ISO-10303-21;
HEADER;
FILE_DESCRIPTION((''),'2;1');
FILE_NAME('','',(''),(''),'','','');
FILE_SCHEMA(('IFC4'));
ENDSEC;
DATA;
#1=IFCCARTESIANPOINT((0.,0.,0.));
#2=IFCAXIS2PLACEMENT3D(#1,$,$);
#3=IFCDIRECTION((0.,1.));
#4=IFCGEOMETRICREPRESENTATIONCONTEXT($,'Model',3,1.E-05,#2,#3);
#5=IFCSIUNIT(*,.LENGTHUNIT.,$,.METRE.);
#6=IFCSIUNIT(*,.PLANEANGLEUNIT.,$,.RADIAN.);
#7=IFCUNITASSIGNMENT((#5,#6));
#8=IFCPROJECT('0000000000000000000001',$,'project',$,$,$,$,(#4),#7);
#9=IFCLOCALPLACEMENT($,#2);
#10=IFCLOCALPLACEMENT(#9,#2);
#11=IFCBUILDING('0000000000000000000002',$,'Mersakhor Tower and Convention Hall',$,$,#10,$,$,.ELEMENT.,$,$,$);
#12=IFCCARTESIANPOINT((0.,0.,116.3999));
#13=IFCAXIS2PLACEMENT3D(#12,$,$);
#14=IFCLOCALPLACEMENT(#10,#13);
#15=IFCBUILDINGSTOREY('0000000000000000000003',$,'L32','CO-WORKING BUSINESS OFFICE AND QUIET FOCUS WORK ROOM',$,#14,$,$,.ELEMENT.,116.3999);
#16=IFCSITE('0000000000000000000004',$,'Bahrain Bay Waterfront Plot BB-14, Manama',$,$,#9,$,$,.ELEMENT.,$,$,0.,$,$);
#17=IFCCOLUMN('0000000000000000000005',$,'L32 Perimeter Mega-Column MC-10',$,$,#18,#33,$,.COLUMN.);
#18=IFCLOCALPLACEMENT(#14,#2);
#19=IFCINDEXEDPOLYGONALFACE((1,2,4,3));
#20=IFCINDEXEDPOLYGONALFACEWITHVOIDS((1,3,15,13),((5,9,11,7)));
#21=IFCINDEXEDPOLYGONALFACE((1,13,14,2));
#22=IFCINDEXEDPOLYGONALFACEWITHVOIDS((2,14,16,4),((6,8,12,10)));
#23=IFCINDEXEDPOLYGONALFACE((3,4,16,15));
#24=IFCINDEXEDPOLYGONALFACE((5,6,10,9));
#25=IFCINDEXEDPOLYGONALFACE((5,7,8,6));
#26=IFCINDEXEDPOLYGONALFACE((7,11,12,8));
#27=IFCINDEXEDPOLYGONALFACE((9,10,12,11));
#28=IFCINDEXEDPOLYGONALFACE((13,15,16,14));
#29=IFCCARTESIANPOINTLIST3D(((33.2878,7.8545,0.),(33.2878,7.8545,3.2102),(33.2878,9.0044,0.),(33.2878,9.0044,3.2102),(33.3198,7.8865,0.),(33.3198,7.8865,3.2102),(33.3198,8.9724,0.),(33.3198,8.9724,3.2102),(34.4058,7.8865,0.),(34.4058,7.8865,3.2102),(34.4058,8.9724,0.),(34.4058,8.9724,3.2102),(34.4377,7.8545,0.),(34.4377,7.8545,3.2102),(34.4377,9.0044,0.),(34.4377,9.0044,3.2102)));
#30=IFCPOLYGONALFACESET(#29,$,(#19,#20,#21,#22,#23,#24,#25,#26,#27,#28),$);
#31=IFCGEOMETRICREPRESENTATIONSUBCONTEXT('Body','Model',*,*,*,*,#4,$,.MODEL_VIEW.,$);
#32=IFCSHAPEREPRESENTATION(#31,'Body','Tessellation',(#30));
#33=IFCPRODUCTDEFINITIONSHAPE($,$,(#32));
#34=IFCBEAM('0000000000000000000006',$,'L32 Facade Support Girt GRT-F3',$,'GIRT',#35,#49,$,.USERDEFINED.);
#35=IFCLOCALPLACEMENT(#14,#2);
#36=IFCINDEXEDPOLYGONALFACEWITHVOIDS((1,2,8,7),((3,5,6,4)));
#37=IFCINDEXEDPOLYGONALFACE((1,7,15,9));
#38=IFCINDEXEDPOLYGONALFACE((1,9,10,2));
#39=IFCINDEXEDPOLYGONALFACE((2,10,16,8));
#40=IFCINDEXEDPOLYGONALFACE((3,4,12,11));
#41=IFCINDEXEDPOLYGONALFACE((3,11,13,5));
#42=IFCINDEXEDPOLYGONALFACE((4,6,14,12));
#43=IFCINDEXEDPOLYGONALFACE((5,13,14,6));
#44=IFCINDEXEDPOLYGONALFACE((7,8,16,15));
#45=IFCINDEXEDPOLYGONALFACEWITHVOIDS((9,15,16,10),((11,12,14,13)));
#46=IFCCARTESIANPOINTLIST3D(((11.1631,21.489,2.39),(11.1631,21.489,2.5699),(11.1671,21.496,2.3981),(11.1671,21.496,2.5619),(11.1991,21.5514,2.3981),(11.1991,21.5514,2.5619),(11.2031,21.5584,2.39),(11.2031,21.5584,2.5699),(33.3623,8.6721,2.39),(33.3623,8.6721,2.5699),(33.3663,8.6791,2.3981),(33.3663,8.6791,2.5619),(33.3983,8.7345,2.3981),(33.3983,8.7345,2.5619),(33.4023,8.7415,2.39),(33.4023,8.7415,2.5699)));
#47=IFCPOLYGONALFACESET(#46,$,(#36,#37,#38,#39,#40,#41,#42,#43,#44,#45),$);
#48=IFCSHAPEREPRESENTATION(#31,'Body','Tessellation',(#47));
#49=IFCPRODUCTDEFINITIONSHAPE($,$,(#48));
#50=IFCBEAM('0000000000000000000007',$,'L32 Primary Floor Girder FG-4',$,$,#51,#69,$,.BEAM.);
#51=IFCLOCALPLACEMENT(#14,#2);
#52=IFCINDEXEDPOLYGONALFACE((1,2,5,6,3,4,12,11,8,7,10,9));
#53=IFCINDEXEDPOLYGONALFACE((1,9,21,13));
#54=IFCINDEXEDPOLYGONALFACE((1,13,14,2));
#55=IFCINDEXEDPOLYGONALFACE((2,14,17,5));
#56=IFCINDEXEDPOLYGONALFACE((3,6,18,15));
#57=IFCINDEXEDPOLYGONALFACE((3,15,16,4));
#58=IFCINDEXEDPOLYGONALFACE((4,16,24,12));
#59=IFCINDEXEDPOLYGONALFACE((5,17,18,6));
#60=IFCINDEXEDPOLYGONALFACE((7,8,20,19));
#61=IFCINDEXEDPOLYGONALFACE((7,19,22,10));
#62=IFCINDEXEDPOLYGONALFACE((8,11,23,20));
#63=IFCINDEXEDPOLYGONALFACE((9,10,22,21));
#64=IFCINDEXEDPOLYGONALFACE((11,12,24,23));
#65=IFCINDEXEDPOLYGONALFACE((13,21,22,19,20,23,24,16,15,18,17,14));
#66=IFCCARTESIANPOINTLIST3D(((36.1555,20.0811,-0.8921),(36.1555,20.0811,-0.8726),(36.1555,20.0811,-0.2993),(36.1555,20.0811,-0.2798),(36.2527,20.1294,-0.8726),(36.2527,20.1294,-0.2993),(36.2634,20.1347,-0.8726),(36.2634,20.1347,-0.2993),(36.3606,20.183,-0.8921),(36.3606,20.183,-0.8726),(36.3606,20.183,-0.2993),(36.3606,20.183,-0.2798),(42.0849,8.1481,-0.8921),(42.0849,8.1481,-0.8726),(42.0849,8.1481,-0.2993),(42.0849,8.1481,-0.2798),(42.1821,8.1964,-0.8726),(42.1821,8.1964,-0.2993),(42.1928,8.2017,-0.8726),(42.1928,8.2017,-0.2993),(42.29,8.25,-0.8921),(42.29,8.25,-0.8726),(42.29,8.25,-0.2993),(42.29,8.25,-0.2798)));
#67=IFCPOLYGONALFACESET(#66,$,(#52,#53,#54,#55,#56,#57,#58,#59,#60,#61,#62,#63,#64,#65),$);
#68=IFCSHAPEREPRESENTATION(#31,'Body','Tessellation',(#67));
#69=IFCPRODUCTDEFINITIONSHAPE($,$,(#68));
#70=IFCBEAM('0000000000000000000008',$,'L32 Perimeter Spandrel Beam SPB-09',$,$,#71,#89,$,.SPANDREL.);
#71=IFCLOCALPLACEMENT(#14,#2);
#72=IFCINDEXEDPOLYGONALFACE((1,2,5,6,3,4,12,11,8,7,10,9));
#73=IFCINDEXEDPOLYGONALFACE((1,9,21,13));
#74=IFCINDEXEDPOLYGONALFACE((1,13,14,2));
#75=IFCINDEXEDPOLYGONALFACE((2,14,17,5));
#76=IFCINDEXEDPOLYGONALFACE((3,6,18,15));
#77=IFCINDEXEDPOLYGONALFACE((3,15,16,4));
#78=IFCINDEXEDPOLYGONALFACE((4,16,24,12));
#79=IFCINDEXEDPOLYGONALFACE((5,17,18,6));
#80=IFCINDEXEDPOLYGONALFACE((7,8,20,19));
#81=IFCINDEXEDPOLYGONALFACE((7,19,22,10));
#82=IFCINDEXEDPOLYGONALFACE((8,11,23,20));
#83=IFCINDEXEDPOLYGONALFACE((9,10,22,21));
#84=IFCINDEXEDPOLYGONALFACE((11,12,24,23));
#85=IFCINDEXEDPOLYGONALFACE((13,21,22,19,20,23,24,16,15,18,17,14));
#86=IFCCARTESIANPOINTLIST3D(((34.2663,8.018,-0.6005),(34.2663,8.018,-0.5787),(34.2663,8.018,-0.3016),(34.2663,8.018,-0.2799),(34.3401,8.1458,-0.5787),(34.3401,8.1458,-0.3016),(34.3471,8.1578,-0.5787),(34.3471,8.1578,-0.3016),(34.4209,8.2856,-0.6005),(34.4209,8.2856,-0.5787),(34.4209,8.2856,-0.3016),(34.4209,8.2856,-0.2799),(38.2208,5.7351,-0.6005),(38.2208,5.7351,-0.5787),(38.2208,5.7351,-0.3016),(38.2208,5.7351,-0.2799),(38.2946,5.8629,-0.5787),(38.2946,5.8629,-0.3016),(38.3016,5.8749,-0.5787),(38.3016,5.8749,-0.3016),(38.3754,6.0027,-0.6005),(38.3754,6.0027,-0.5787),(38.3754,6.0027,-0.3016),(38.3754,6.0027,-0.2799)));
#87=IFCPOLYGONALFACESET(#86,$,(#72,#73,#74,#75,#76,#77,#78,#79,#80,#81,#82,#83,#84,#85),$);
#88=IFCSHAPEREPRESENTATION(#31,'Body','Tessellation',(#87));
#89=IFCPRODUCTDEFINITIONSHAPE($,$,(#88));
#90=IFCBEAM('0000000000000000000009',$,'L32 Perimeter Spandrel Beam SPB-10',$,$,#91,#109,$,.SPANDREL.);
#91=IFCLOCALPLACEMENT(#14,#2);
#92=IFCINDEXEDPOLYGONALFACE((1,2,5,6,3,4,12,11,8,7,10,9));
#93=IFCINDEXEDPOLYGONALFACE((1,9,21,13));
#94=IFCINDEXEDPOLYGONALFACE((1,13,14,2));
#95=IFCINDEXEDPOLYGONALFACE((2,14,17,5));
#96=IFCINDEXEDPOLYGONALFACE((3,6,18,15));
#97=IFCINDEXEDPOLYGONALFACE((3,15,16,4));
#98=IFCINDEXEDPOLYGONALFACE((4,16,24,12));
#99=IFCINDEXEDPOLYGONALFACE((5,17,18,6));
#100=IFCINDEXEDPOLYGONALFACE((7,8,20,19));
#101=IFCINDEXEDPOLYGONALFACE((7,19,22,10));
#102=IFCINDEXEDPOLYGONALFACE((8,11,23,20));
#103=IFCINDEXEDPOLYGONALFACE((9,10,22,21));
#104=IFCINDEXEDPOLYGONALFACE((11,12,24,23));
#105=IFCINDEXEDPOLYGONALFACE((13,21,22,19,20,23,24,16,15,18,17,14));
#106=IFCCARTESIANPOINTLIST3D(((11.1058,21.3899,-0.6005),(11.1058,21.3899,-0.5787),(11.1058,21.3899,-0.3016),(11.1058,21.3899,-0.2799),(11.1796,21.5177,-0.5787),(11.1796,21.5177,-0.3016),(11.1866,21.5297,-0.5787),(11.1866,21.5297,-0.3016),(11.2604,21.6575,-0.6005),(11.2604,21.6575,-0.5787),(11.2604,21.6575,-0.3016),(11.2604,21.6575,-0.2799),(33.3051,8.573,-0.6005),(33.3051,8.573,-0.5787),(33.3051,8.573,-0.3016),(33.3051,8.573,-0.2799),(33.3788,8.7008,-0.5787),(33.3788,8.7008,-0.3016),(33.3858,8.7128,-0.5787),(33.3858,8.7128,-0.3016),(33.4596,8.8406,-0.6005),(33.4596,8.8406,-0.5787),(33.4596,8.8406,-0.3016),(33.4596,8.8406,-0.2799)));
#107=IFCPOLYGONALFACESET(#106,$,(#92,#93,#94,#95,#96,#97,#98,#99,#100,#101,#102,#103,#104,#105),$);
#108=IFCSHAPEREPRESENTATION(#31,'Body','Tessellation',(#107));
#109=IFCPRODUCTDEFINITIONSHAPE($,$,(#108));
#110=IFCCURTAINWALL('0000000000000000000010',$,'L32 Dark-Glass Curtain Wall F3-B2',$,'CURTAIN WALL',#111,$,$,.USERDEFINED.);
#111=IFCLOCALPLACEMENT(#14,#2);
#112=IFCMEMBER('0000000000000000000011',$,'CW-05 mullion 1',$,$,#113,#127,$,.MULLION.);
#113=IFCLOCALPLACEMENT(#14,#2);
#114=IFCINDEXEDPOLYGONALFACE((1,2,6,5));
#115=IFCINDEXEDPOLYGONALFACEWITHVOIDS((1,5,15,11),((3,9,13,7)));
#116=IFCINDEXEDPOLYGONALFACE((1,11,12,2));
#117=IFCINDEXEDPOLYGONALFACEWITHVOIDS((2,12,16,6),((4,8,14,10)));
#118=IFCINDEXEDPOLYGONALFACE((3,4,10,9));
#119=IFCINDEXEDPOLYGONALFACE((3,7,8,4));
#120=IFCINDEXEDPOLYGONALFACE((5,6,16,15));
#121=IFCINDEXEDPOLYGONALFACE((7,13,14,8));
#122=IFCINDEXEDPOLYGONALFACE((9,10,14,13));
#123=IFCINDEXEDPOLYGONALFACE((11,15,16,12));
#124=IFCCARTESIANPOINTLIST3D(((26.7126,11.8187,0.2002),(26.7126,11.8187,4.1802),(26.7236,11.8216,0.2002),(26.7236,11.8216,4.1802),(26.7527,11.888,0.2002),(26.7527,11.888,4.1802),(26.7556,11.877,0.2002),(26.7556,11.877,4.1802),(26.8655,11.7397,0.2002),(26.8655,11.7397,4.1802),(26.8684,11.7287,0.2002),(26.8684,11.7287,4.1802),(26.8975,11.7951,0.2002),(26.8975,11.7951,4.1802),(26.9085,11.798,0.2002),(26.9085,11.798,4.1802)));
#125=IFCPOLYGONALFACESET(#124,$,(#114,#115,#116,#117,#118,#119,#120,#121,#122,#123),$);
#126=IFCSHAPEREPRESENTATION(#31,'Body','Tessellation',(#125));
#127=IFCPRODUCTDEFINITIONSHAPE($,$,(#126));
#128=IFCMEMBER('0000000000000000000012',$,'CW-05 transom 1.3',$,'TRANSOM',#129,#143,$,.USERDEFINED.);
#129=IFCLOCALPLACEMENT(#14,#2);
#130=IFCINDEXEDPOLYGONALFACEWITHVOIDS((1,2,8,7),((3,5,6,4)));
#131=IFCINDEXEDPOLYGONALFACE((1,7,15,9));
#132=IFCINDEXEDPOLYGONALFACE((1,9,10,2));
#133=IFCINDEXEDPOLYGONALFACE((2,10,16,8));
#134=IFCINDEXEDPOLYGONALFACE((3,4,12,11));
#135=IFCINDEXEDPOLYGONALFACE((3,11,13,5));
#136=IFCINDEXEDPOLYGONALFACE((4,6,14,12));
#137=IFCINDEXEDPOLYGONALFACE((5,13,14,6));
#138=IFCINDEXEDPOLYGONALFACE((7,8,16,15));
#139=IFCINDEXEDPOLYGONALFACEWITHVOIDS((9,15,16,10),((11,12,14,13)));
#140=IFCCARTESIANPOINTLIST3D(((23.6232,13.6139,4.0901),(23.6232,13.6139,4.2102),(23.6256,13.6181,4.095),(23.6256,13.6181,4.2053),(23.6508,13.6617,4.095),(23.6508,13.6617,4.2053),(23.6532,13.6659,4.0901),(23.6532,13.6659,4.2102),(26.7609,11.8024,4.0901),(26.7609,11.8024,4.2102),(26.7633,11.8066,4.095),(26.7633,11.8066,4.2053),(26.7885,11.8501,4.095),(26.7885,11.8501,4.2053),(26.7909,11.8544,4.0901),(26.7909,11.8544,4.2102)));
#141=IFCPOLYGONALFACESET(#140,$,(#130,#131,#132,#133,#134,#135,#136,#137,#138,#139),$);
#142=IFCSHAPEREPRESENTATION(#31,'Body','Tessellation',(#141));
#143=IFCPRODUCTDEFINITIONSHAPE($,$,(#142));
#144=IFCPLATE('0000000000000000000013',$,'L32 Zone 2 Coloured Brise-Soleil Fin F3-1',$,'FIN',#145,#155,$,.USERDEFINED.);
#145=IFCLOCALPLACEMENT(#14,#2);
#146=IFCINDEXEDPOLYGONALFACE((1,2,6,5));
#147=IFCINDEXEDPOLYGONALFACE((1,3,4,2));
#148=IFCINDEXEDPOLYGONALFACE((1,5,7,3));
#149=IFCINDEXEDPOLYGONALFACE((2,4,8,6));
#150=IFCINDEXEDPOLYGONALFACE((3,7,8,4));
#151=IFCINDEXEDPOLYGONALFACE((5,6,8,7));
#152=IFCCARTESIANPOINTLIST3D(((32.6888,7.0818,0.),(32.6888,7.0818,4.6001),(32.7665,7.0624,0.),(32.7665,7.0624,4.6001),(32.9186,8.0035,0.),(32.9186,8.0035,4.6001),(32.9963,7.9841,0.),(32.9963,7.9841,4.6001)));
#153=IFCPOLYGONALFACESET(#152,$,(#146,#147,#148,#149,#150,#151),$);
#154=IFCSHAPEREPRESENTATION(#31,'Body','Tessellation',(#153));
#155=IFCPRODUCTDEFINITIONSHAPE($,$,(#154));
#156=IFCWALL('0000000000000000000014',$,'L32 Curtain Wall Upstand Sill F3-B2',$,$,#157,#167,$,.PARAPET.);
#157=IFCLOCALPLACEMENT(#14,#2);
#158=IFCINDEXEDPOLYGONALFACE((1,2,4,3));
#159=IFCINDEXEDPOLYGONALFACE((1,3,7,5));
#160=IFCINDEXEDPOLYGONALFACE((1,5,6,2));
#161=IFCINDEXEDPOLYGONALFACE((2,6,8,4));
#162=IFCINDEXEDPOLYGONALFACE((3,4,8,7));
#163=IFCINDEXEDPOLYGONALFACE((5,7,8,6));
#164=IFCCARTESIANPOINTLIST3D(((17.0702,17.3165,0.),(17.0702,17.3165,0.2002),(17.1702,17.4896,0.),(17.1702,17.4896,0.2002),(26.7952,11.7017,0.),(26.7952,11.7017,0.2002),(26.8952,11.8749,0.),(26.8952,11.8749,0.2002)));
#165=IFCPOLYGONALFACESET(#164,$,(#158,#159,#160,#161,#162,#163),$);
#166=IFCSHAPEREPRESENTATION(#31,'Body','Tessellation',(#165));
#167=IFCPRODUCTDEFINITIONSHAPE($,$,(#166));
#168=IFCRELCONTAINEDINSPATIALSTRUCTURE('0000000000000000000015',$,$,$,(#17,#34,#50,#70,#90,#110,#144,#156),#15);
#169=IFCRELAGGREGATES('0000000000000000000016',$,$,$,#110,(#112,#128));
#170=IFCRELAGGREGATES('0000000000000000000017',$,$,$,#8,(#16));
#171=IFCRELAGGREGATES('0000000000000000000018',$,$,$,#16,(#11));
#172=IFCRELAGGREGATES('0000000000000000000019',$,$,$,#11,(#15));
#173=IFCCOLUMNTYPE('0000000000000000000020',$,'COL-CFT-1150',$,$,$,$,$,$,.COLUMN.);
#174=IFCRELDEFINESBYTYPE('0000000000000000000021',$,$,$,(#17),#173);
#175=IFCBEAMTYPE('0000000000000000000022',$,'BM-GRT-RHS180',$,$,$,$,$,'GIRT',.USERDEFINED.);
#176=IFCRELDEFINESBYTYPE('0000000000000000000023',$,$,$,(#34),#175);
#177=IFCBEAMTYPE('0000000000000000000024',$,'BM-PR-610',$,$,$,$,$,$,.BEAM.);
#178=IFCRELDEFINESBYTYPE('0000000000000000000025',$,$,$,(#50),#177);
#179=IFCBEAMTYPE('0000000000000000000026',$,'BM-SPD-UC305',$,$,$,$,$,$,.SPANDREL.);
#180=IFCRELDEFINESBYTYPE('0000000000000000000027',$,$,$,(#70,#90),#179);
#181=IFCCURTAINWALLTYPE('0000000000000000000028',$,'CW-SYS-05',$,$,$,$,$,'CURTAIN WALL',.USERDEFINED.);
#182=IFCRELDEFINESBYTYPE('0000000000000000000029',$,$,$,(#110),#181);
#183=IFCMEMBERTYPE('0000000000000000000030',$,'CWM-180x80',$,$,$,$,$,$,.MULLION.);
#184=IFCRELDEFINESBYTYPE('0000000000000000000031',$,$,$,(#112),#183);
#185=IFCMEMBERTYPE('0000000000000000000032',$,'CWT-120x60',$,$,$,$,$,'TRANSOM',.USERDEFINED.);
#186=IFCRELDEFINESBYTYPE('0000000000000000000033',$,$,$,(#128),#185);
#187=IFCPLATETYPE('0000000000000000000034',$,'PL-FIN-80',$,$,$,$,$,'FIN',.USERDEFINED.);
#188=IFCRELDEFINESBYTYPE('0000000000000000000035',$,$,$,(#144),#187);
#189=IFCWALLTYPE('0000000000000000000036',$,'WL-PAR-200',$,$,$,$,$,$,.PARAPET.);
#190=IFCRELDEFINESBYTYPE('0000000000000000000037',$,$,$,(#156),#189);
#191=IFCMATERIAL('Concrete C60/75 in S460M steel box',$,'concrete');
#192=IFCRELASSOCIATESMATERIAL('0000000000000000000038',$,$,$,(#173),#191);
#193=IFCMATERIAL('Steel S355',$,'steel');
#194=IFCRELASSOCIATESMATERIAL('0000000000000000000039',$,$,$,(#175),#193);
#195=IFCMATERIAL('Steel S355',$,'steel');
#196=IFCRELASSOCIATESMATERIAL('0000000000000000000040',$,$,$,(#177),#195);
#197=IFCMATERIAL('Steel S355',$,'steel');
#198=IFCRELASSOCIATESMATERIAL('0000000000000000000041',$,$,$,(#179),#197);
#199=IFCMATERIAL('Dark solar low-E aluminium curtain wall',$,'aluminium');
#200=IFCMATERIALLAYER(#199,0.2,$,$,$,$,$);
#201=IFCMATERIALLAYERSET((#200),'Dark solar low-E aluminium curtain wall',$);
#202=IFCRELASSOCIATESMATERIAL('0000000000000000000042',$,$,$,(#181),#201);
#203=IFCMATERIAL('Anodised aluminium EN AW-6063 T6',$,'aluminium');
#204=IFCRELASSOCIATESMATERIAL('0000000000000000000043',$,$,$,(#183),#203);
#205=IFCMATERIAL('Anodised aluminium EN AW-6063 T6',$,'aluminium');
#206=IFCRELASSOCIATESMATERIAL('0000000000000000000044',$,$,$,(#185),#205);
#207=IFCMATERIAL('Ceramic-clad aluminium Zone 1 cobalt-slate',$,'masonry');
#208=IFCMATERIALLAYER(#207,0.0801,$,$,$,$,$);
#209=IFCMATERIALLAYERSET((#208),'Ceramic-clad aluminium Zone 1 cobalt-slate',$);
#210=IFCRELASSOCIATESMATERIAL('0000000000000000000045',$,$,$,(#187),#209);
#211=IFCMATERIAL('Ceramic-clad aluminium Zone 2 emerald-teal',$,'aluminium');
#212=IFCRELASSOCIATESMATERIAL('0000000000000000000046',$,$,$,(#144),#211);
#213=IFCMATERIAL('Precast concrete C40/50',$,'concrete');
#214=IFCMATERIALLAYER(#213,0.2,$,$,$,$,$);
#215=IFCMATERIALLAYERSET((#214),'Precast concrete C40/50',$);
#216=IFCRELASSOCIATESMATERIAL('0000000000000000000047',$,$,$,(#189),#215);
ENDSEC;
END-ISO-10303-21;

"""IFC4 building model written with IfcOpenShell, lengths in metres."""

from ifc_helpers import new_model, si_unit, direction, frame, frame_2d, origin, origin_2d, place, context, subcontext, project, spatial, rectangle, hollow_rectangle, i_section, extrude, material, layer, layer_set, material_profile, profile_set, type_object, element, aggregate, save


model = new_model("IFC4")

# Units and contexts
model_context = context("Model", 3, precision=1e-05, world=origin(), true_north=direction((0.0, 1.0)))
body_context = subcontext(model_context, "Body", "Model", "MODEL_VIEW")
ifc_project = project(units=[si_unit("LENGTHUNIT", "METRE"), si_unit("PLANEANGLEUNIT", "RADIAN")], contexts=[model_context])

# Site, building, storey
site_placement = place(None, origin())
site = spatial("IfcSite", under=ifc_project, at=site_placement, Name="Bahrain Bay Waterfront Plot BB-14, Manama", CompositionType="ELEMENT", RefElevation=0.0)
building_placement = place(site_placement, origin())
building = spatial("IfcBuilding", under=site, at=building_placement, Name="Mersakhor Tower and Convention Hall", CompositionType="ELEMENT")
storey_placement = place(building_placement, frame((0.0, 0.0, 116.3999)))
storey = spatial("IfcBuildingStorey", under=building, at=storey_placement, Name="L32", Description="CO-WORKING BUSINESS OFFICE AND QUIET FOCUS WORK ROOM", CompositionType="ELEMENT", Elevation=116.3999)

# Column
ifc_material_1 = material(Name="Concrete C60/75 in S460M steel box", Category="concrete")
ifc_material_profile_1 = material_profile(ifc_material_1, hollow_rectangle(XDim=1.1499, YDim=1.1499, WallThickness=0.032, at=origin_2d()), Name="SHS 1150x1150x32")
ifc_profile_set_1 = profile_set([ifc_material_profile_1], Name="Concrete C60/75 in S460M steel box")
column_type = type_object("IfcColumnType", Name="COL-CFT-1150", PredefinedType="COLUMN", material=ifc_profile_set_1)
column_placement = place(storey_placement, frame((33.8628, 8.4294, 0.0), z_axis=(0.0, 0.0, 1.0), x_axis=(1.0, 0.0, 0.0)))
element("IfcColumn", 1, at=column_placement, inside=storey, type_object=column_type, Name="L32 Perimeter Mega-Column MC-10", PredefinedType="COLUMN", context=body_context, shape_type="SweptSolid", body=[
    extrude(hollow_rectangle(XDim=1.1499, YDim=1.1499, WallThickness=0.032, at=origin_2d()), origin(), (0.0, 0.0, 1.0), 3.2102),
])

# Beams
ifc_material_2 = material(Name="Steel S355", Category="steel")
ifc_material_profile_2 = material_profile(ifc_material_2, hollow_rectangle(XDim=0.0801, YDim=0.1799, WallThickness=0.0081, at=origin_2d()), Name="RHS 180x80x8")
ifc_profile_set_2 = profile_set([ifc_material_profile_2], Name="Steel S355")
beam_type_1 = type_object("IfcBeamType", Name="BM-GRT-RHS180", ElementType="GIRT", PredefinedType="USERDEFINED", material=ifc_profile_set_2)
beam_1_placement = place(storey_placement, frame((33.3823, 8.7068, 2.48), z_axis=(-0.866023, 0.500005, 0.0), x_axis=(-0.500005, -0.866023, 0.0)))
element("IfcBeam", 2, at=beam_1_placement, inside=storey, type_object=beam_type_1, Name="L32 Facade Support Girt GRT-F3", ObjectType="GIRT", PredefinedType="USERDEFINED", context=body_context, shape_type="SweptSolid", body=[
    extrude(hollow_rectangle(XDim=0.0801, YDim=0.1799, WallThickness=0.0081, at=origin_2d()), origin(), (0.0, 0.0, 1.0), 25.6335),
])
ifc_material_3 = material(Name="Steel S355", Category="steel")
ifc_material_profile_3 = material_profile(ifc_material_3, i_section(OverallWidth=0.229, OverallDepth=0.6123, WebThickness=0.012, FlangeThickness=0.0195, at=origin_2d()), Name="UB 610x229x125")
ifc_profile_set_3 = profile_set([ifc_material_profile_3], Name="Steel S355")
beam_type_2 = type_object("IfcBeamType", Name="BM-PR-610", PredefinedType="BEAM", material=ifc_profile_set_3)
beam_2_placement = place(storey_placement, frame((36.2581, 20.1321, -0.5859), z_axis=(0.444984, -0.895538, 0.0), x_axis=(0.895538, 0.444984, 0.0)))
element("IfcBeam", 3, at=beam_2_placement, inside=storey, type_object=beam_type_2, Name="L32 Primary Floor Girder FG-4", PredefinedType="BEAM", context=body_context, shape_type="SweptSolid", body=[
    extrude(i_section(OverallWidth=0.229, OverallDepth=0.6123, WebThickness=0.012, FlangeThickness=0.0195, at=origin_2d()), origin(), (0.0, 0.0, 1.0), 13.325),
])
ifc_material_4 = material(Name="Steel S355", Category="steel")
ifc_material_profile_4 = material_profile(ifc_material_4, i_section(OverallWidth=0.3091, OverallDepth=0.3206, WebThickness=0.0139, FlangeThickness=0.0217, at=origin_2d()), Name="UC 305x305x137")
ifc_profile_set_4 = profile_set([ifc_material_profile_4], Name="Steel S355")
beam_type_3 = type_object("IfcBeamType", Name="BM-SPD-UC305", PredefinedType="SPANDREL", material=ifc_profile_set_4)
beam_3_placement = place(storey_placement, frame((38.2981, 5.8689, -0.4402), z_axis=(-0.866047, 0.499963, 0.0), x_axis=(-0.499963, -0.866047, 0.0)))
element("IfcBeam", 4, at=beam_3_placement, inside=storey, type_object=beam_type_3, Name="L32 Perimeter Spandrel Beam SPB-09", PredefinedType="SPANDREL", context=body_context, shape_type="SweptSolid", body=[
    extrude(i_section(OverallWidth=0.3091, OverallDepth=0.3206, WebThickness=0.0139, FlangeThickness=0.0217, at=origin_2d()), origin(), (0.0, 0.0, 1.0), 4.5662),
])
beam_4_placement = place(storey_placement, frame((33.3823, 8.7068, -0.4402), z_axis=(-0.866023, 0.500005, 0.0), x_axis=(-0.500005, -0.866023, 0.0)))
element("IfcBeam", 5, at=beam_4_placement, inside=storey, type_object=beam_type_3, Name="L32 Perimeter Spandrel Beam SPB-10", PredefinedType="SPANDREL", context=body_context, shape_type="SweptSolid", body=[
    extrude(i_section(OverallWidth=0.3091, OverallDepth=0.3206, WebThickness=0.0139, FlangeThickness=0.0217, at=origin_2d()), origin(), (0.0, 0.0, 1.0), 25.6335),
])

# Curtain wall, members
ifc_material_5 = material(Name="Dark solar low-E aluminium curtain wall", Category="aluminium")
ifc_layer_1 = layer(ifc_material_5, 0.2)
ifc_layer_set_1 = layer_set([ifc_layer_1], Name="Dark solar low-E aluminium curtain wall")
curtain_wall_type = type_object("IfcCurtainWallType", Name="CW-SYS-05", ElementType="CURTAIN WALL", PredefinedType="USERDEFINED", material=ifc_layer_set_1)
curtain_wall_placement = place(storey_placement, origin())
curtain_wall = element("IfcCurtainWall", 6, at=curtain_wall_placement, inside=storey, type_object=curtain_wall_type, Name="L32 Dark-Glass Curtain Wall F3-B2", ObjectType="CURTAIN WALL", PredefinedType="USERDEFINED")
ifc_material_6 = material(Name="Anodised aluminium EN AW-6063 T6", Category="aluminium")
ifc_material_profile_5 = material_profile(ifc_material_6, hollow_rectangle(XDim=0.0801, YDim=0.1799, WallThickness=0.0081, at=origin_2d()), Name="RHS 180x80x8")
ifc_profile_set_5 = profile_set([ifc_material_profile_5], Name="Anodised aluminium EN AW-6063 T6")
member_type_1 = type_object("IfcMemberType", Name="CWM-180x80", PredefinedType="MULLION", material=ifc_profile_set_5)
member_1_placement = place(storey_placement, frame((26.8105, 11.8083, 0.2002), z_axis=(0.0, 0.0, 1.0), x_axis=(-0.499998, -0.866027, 0.0)))
member_1 = element("IfcMember", 7, at=member_1_placement, type_object=member_type_1, Name="CW-05 mullion 1", PredefinedType="MULLION", context=body_context, shape_type="SweptSolid", body=[
    extrude(hollow_rectangle(XDim=0.0801, YDim=0.1799, WallThickness=0.0081, at=origin_2d()), origin(), (0.0, 0.0, 1.0), 3.98),
])
ifc_material_7 = material(Name="Anodised aluminium EN AW-6063 T6", Category="aluminium")
ifc_material_profile_6 = material_profile(ifc_material_7, hollow_rectangle(XDim=0.0601, YDim=0.1201, WallThickness=0.0049, at=origin_2d()), Name="RHS 120x60x5")
ifc_profile_set_6 = profile_set([ifc_material_profile_6], Name="Anodised aluminium EN AW-6063 T6")
member_type_2 = type_object("IfcMemberType", Name="CWT-120x60", ElementType="TRANSOM", PredefinedType="USERDEFINED", material=ifc_profile_set_6)
member_2_placement = place(storey_placement, frame((26.7759, 11.8284, 4.1501), z_axis=(-0.866028, 0.499995, 0.0), x_axis=(-0.499995, -0.866028, 0.0)))
member_2 = element("IfcMember", 8, at=member_2_placement, type_object=member_type_2, Name="CW-05 transom 1.3", ObjectType="TRANSOM", PredefinedType="USERDEFINED", context=body_context, shape_type="SweptSolid", body=[
    extrude(hollow_rectangle(XDim=0.0601, YDim=0.1201, WallThickness=0.0049, at=origin_2d()), origin(), (0.0, 0.0, 1.0), 3.623),
])
aggregate(curtain_wall, [member_1, member_2])

# Plate
ifc_material_8 = material(Name="Ceramic-clad aluminium Zone 2 emerald-teal", Category="aluminium")
ifc_material_9 = material(Name="Ceramic-clad aluminium Zone 1 cobalt-slate", Category="masonry")
ifc_layer_2 = layer(ifc_material_9, 0.0801)
ifc_layer_set_2 = layer_set([ifc_layer_2], Name="Ceramic-clad aluminium Zone 1 cobalt-slate")
plate_type = type_object("IfcPlateType", Name="PL-FIN-80", ElementType="FIN", PredefinedType="USERDEFINED", material=ifc_layer_set_2)
plate_placement = place(storey_placement, frame((32.8425, 7.533, 0.0), z_axis=(0.0, 0.0, 1.0), x_axis=(-0.241922, -0.970296, 0.0)))
element("IfcPlate", 9, at=plate_placement, inside=storey, type_object=plate_type, material=ifc_material_8, Name="L32 Zone 2 Coloured Brise-Soleil Fin F3-1", ObjectType="FIN", PredefinedType="USERDEFINED", context=body_context, shape_type="SweptSolid", body=[
    extrude(rectangle(XDim=0.95, YDim=0.0801, at=origin_2d()), origin(), (0.0, 0.0, 1.0), 4.6001),
])

# Wall
ifc_material_10 = material(Name="Precast concrete C40/50", Category="concrete")
ifc_layer_3 = layer(ifc_material_10, 0.2)
ifc_layer_set_3 = layer_set([ifc_layer_3], Name="Precast concrete C40/50")
wall_type_1 = type_object("IfcWallType", Name="WL-PAR-200", PredefinedType="PARAPET", material=ifc_layer_set_3)
wall_1_placement = place(storey_placement, frame((26.8452, 11.7883, 0.0), z_axis=(0.0, 0.0, 1.0), x_axis=(-0.866027, 0.499997, 0.0)))
element("IfcWall", 10, at=wall_1_placement, inside=storey, type_object=wall_type_1, Name="L32 Curtain Wall Upstand Sill F3-B2", PredefinedType="PARAPET", context=body_context, shape_type="SweptSolid", body=[
    extrude(rectangle(XDim=11.2295, YDim=0.2, at=frame_2d((5.6147, 0.0))), origin(), (0.0, 0.0, 1.0), 0.2002),
])

save(model, "model.ifc")
